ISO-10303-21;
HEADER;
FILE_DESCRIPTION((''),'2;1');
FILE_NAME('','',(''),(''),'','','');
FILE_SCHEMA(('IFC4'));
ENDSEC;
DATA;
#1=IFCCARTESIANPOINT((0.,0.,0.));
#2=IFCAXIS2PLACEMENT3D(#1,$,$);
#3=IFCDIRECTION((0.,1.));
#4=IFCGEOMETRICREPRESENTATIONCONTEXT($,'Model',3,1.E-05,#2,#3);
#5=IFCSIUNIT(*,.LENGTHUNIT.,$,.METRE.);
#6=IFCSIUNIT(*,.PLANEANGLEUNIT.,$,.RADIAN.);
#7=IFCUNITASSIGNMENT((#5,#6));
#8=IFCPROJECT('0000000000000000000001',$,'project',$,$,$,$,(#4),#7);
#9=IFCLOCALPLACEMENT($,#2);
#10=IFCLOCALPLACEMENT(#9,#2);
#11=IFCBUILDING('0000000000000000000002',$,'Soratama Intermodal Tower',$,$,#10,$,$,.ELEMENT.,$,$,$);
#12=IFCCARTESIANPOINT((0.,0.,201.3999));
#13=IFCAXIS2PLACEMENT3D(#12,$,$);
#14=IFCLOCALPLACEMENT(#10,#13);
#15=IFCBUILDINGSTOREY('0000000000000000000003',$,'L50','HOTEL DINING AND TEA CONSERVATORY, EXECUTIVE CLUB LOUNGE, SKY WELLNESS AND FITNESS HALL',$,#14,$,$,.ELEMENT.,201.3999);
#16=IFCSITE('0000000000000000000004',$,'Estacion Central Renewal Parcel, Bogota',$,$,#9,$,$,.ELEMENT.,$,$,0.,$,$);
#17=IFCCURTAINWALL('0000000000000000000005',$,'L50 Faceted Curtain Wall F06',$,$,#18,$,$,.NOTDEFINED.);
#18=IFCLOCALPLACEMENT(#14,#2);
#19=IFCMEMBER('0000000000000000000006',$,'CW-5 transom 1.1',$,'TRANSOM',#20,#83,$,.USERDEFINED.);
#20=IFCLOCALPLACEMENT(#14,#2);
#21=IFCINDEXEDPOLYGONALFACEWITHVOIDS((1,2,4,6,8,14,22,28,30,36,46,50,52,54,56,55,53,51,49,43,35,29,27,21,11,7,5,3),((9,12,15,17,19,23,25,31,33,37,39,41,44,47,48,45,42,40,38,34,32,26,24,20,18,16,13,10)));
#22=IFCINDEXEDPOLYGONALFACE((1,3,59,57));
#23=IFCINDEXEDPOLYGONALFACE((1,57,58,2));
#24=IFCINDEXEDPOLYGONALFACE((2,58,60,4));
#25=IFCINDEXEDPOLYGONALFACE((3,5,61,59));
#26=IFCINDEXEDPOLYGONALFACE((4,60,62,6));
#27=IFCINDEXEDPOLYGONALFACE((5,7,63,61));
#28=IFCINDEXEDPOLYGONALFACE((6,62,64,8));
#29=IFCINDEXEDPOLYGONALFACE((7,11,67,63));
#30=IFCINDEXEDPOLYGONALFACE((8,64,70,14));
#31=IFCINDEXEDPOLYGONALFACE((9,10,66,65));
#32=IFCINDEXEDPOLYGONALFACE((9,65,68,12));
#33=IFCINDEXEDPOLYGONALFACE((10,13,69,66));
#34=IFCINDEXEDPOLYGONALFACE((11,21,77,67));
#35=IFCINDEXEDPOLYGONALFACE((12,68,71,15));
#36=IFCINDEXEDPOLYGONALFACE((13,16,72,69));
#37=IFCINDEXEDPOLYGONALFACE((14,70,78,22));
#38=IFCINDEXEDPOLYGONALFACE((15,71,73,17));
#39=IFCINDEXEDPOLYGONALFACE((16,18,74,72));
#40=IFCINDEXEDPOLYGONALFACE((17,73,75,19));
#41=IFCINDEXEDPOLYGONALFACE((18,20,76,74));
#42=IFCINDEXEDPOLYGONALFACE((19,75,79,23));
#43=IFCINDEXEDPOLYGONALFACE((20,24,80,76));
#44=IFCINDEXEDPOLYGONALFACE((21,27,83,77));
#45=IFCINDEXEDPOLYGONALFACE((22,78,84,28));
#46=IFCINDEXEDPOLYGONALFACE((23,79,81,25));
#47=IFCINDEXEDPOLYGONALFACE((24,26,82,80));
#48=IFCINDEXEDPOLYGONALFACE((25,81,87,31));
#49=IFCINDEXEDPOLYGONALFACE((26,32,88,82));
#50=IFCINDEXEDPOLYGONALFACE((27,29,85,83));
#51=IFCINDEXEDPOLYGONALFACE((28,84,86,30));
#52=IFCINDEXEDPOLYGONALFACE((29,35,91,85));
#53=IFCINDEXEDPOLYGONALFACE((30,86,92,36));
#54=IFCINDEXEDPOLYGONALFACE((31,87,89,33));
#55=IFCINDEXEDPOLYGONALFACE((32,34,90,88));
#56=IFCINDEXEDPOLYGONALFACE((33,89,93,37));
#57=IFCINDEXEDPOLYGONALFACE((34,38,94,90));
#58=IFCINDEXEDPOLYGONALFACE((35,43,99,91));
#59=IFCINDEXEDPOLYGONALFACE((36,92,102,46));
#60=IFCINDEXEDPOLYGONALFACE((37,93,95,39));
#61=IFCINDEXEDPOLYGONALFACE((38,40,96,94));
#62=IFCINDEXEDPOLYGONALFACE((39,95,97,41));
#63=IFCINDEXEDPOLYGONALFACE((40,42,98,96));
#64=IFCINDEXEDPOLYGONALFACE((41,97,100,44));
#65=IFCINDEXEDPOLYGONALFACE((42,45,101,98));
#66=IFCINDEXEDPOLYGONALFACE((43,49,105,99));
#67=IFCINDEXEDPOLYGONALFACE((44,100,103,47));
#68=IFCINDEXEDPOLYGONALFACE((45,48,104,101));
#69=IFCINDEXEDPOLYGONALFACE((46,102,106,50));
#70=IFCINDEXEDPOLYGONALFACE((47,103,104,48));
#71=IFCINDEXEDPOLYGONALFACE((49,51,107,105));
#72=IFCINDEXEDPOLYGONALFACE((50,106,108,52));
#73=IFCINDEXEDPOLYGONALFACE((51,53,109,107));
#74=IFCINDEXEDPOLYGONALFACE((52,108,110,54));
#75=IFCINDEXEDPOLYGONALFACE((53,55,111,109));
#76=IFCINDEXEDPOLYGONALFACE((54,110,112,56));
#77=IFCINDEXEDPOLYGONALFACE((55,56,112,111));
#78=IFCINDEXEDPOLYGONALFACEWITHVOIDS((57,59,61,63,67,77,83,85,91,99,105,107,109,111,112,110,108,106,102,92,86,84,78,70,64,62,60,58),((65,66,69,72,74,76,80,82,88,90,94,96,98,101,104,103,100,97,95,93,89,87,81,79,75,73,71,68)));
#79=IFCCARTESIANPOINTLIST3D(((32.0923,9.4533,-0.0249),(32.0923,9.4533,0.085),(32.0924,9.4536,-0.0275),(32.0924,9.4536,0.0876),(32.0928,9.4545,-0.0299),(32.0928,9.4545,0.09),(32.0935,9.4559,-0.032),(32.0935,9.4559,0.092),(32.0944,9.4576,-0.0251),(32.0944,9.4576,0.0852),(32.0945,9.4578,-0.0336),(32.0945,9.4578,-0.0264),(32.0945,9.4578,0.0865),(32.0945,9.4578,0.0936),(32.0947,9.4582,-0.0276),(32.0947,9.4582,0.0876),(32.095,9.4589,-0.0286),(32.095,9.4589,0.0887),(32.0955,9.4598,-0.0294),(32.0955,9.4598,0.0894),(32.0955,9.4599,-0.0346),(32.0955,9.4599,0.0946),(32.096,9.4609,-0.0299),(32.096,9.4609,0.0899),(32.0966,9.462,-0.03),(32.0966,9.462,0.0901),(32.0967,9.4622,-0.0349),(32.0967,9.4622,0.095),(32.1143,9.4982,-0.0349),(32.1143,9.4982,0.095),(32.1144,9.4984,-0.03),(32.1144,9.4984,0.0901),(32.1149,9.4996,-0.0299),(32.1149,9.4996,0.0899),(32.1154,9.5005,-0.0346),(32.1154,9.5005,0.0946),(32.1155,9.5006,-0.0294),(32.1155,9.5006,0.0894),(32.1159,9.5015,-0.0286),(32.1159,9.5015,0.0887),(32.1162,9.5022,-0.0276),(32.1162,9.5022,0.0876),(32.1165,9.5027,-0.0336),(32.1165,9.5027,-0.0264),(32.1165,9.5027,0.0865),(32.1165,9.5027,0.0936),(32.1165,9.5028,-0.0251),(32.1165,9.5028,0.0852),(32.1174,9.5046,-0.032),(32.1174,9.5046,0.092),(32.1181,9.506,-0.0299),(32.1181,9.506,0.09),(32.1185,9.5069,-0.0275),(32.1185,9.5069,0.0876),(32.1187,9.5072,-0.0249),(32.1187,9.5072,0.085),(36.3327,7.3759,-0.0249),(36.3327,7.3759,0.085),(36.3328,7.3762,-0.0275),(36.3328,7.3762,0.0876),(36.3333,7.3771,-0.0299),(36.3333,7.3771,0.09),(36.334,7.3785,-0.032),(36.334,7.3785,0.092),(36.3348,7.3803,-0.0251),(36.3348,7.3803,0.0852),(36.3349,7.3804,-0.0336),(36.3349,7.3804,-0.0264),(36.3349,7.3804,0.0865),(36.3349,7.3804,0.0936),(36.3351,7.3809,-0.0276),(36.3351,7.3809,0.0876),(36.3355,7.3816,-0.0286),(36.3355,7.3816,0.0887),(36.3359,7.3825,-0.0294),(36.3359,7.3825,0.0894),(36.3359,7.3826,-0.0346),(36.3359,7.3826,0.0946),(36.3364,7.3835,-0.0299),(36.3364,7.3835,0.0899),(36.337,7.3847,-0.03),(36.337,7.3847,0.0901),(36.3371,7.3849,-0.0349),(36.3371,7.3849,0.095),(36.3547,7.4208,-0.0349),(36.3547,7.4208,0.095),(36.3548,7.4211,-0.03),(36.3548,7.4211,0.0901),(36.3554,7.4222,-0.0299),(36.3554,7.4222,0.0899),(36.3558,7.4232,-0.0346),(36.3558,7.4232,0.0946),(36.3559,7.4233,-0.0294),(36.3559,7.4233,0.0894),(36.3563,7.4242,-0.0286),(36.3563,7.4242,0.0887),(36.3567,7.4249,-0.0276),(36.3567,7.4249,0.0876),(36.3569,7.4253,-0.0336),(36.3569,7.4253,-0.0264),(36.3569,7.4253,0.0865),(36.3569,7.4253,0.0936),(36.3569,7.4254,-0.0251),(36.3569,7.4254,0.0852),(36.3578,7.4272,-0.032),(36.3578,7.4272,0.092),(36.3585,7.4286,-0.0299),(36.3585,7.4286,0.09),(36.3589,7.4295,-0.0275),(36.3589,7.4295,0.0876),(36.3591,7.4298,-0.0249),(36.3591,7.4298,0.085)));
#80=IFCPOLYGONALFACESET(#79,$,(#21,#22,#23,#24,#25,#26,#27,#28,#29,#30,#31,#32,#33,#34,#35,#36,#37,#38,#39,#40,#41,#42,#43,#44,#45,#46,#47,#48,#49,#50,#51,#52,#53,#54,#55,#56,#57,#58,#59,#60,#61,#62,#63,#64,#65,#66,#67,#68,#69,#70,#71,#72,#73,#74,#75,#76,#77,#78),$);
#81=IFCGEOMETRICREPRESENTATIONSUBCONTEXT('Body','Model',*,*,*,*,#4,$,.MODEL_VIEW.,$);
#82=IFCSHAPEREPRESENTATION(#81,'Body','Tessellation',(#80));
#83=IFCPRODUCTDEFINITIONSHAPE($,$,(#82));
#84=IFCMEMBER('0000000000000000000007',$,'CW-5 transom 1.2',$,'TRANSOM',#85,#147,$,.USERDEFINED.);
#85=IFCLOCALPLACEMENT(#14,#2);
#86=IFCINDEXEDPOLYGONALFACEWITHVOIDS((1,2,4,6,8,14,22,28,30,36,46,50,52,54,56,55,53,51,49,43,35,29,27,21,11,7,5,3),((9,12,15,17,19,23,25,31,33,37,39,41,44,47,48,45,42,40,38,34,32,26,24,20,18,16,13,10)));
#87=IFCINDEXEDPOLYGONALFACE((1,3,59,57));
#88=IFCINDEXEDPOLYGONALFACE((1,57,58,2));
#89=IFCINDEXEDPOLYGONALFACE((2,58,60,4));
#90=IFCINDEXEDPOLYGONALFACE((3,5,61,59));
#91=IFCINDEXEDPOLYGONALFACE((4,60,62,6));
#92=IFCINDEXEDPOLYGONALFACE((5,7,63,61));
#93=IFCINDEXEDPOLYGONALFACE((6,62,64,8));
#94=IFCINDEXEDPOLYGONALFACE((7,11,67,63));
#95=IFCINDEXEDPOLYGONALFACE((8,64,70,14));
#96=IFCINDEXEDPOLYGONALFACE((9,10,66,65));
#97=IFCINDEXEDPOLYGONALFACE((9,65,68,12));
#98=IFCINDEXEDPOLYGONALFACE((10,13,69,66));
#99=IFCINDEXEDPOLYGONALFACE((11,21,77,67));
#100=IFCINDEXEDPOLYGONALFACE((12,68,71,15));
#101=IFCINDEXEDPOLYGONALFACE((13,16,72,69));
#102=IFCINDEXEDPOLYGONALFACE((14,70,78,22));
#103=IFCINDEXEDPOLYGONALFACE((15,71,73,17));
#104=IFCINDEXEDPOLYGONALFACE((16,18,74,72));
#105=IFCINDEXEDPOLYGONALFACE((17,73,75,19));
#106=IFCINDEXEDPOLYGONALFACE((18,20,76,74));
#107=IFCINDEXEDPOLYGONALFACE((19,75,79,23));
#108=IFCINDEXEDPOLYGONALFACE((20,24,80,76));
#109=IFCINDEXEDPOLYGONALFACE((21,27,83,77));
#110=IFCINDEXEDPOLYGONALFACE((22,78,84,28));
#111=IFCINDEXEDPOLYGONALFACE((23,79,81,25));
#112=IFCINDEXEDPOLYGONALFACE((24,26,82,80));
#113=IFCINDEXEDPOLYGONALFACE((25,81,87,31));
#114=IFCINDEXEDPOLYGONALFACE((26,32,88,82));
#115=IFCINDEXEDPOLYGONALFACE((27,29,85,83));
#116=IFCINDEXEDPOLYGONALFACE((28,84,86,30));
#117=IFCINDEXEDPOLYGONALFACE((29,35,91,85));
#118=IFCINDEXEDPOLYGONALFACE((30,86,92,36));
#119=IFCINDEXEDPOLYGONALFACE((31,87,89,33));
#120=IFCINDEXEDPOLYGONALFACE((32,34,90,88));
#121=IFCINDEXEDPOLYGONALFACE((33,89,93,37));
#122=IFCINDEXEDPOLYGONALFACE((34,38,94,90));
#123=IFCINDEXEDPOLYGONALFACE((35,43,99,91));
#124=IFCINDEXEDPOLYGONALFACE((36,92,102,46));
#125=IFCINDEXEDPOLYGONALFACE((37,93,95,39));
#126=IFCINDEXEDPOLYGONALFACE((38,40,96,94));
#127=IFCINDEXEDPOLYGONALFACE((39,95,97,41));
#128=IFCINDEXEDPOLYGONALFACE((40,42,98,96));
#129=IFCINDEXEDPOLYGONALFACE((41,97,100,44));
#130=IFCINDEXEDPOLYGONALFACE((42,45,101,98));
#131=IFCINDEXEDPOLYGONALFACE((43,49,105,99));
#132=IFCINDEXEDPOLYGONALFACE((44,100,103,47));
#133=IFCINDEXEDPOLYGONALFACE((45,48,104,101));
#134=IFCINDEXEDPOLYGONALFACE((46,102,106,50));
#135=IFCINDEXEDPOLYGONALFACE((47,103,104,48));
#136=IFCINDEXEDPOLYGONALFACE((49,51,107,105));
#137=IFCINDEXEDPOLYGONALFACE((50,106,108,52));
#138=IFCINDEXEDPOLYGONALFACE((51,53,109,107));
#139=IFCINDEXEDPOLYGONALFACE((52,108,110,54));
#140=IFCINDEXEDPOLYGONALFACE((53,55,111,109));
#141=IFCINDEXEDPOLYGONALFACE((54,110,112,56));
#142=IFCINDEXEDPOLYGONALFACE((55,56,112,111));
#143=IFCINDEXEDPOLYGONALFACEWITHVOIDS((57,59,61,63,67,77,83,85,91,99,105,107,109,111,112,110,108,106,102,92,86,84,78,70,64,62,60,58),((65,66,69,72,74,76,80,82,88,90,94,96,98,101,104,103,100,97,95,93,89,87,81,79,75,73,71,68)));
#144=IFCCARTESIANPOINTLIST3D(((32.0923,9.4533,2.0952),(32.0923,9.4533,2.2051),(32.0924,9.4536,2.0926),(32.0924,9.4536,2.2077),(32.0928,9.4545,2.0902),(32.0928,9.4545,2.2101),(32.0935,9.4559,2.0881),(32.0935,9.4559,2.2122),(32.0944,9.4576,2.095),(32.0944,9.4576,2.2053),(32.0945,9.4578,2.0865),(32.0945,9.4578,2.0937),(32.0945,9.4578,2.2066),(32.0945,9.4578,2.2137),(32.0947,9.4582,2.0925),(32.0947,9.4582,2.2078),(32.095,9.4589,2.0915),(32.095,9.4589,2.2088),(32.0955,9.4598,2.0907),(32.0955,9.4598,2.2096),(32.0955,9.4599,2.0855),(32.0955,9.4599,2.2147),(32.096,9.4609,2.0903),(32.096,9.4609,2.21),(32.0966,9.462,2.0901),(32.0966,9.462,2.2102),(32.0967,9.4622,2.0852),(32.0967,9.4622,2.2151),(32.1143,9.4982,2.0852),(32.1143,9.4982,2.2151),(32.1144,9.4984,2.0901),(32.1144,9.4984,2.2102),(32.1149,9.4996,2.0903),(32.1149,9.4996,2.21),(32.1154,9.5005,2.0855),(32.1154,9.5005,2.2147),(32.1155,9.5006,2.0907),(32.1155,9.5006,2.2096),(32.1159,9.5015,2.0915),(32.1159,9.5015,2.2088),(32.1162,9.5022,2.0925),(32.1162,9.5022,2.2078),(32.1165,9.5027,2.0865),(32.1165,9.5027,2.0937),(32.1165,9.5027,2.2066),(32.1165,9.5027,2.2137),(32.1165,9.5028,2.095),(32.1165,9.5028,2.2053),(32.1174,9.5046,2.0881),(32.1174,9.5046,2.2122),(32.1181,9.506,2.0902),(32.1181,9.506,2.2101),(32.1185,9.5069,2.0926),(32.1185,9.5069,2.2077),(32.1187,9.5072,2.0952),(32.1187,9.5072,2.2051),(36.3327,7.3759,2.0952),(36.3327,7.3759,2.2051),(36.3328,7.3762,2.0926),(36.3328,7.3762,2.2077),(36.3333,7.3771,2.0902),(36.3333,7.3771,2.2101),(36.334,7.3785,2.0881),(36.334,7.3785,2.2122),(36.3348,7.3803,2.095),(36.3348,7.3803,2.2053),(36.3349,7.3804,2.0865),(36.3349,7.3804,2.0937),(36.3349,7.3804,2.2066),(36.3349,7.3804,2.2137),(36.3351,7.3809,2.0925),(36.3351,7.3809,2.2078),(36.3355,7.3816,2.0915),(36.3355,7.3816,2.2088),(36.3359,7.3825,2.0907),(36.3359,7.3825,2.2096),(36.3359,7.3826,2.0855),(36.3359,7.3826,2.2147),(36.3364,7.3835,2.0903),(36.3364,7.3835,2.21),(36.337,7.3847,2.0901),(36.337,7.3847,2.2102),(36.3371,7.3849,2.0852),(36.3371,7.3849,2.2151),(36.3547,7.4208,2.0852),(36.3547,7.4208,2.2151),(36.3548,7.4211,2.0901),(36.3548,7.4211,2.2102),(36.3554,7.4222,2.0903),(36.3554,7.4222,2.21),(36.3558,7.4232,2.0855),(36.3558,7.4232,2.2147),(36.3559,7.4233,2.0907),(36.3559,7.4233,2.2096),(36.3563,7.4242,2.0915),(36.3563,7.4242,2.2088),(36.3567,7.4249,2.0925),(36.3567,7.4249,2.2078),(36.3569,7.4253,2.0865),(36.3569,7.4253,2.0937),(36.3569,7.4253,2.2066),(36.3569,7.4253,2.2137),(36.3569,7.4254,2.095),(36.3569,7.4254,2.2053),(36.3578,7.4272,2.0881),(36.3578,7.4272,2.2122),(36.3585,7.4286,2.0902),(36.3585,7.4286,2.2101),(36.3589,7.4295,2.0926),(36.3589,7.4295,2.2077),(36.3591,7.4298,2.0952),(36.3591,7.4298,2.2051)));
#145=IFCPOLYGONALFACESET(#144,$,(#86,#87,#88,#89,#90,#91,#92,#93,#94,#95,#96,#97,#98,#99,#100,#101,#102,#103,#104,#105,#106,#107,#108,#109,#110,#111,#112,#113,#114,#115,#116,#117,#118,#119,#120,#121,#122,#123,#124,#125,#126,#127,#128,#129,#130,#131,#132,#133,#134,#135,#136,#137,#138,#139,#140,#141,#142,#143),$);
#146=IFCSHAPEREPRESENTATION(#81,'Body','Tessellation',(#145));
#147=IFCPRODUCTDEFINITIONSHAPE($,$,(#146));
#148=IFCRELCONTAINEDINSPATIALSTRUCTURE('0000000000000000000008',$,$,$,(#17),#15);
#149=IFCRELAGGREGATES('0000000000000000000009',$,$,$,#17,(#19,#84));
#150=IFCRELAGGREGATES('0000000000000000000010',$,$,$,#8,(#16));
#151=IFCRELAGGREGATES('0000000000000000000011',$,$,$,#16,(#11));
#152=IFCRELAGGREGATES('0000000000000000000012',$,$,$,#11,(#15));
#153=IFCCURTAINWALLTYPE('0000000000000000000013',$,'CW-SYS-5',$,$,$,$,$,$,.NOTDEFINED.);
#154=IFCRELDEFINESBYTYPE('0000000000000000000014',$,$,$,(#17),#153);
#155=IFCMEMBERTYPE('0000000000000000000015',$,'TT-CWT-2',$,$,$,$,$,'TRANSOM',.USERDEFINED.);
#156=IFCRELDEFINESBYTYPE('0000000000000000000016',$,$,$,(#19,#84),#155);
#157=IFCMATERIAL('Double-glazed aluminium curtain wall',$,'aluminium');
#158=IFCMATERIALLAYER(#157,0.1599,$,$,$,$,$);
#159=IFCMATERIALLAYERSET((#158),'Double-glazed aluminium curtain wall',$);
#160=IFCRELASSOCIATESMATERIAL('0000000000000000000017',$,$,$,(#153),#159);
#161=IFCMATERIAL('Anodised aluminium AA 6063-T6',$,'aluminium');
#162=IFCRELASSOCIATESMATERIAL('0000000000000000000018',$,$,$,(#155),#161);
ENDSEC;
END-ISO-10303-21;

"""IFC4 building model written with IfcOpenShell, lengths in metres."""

from ifc_helpers import new_model, si_unit, direction, frame, origin, origin_2d, place, context, subcontext, project, spatial, hollow_rectangle, extrude, material, layer, layer_set, material_profile, profile_set, type_object, element, aggregate, save


model = new_model("IFC4")

# Units and contexts
model_context = context("Model", 3, precision=1e-05, world=origin(), true_north=direction((0.0, 1.0)))
body_context = subcontext(model_context, "Body", "Model", "MODEL_VIEW")
ifc_project = project(units=[si_unit("LENGTHUNIT", "METRE"), si_unit("PLANEANGLEUNIT", "RADIAN")], contexts=[model_context])

# Site, building, storey
site_placement = place(None, origin())
site = spatial("IfcSite", under=ifc_project, at=site_placement, Name="Estacion Central Renewal Parcel, Bogota", CompositionType="ELEMENT", RefElevation=0.0)
building_placement = place(site_placement, origin())
building = spatial("IfcBuilding", under=site, at=building_placement, Name="Soratama Intermodal Tower", CompositionType="ELEMENT")
storey_placement = place(building_placement, frame((0.0, 0.0, 201.3999)))
storey = spatial("IfcBuildingStorey", under=building, at=storey_placement, Name="L50", Description="HOTEL DINING AND TEA CONSERVATORY, EXECUTIVE CLUB LOUNGE, SKY WELLNESS AND FITNESS HALL", CompositionType="ELEMENT", Elevation=201.3999)

# Shared definitions
ifc_material_1 = material(Name="Double-glazed aluminium curtain wall", Category="aluminium")
ifc_layer_1 = layer(ifc_material_1, 0.1599)
ifc_layer_set_1 = layer_set([ifc_layer_1], Name="Double-glazed aluminium curtain wall")
curtain_wall_type = type_object("IfcCurtainWallType", Name="CW-SYS-5", PredefinedType="NOTDEFINED", material=ifc_layer_set_1)

# Curtain wall
curtain_wall_1_placement = place(storey_placement, origin())
curtain_wall_1 = element("IfcCurtainWall", 1, at=curtain_wall_1_placement, inside=storey, type_object=curtain_wall_type, Name="L50 Faceted Curtain Wall F06", PredefinedType="NOTDEFINED")

# Members
ifc_material_2 = material(Name="Anodised aluminium AA 6063-T6", Category="aluminium")
ifc_material_profile_1 = material_profile(ifc_material_2, hollow_rectangle(XDim=0.0601, YDim=0.1299, WallThickness=0.0049, InnerFilletRadius=0.0049, OuterFilletRadius=0.01, at=origin_2d()), Name="CWT130X60X5")
ifc_profile_set_1 = profile_set([ifc_material_profile_1], Name="Anodised aluminium AA 6063-T6")
member_type_1 = type_object("IfcMemberType", Name="TT-CWT-2", ElementType="TRANSOM", PredefinedType="USERDEFINED", material=ifc_profile_set_1)
member_1_placement = place(storey_placement, frame((32.1055, 9.4802, 0.03), z_axis=(0.898027, -0.43994, 0.0), x_axis=(0.43994, 0.898027, 0.0)))
member_1 = element("IfcMember", 2, at=member_1_placement, type_object=member_type_1, Name="CW-5 transom 1.1", ObjectType="TRANSOM", PredefinedType="USERDEFINED", context=body_context, shape_type="SweptSolid", body=[
    extrude(hollow_rectangle(XDim=0.0601, YDim=0.1299, WallThickness=0.0049, InnerFilletRadius=0.0049, OuterFilletRadius=0.01, at=origin_2d()), origin(), (0.0, 0.0, 1.0), 4.7219),
])
member_2_placement = place(storey_placement, frame((32.1055, 9.4802, 2.1501), z_axis=(0.898027, -0.43994, 0.0), x_axis=(0.43994, 0.898027, 0.0)))
member_2 = element("IfcMember", 3, at=member_2_placement, type_object=member_type_1, Name="CW-5 transom 1.2", ObjectType="TRANSOM", PredefinedType="USERDEFINED", context=body_context, shape_type="SweptSolid", body=[
    extrude(hollow_rectangle(XDim=0.0601, YDim=0.1299, WallThickness=0.0049, InnerFilletRadius=0.0049, OuterFilletRadius=0.01, at=origin_2d()), origin(), (0.0, 0.0, 1.0), 4.7219),
])
aggregate(curtain_wall_1, [member_1, member_2])

save(model, "model.ifc")
